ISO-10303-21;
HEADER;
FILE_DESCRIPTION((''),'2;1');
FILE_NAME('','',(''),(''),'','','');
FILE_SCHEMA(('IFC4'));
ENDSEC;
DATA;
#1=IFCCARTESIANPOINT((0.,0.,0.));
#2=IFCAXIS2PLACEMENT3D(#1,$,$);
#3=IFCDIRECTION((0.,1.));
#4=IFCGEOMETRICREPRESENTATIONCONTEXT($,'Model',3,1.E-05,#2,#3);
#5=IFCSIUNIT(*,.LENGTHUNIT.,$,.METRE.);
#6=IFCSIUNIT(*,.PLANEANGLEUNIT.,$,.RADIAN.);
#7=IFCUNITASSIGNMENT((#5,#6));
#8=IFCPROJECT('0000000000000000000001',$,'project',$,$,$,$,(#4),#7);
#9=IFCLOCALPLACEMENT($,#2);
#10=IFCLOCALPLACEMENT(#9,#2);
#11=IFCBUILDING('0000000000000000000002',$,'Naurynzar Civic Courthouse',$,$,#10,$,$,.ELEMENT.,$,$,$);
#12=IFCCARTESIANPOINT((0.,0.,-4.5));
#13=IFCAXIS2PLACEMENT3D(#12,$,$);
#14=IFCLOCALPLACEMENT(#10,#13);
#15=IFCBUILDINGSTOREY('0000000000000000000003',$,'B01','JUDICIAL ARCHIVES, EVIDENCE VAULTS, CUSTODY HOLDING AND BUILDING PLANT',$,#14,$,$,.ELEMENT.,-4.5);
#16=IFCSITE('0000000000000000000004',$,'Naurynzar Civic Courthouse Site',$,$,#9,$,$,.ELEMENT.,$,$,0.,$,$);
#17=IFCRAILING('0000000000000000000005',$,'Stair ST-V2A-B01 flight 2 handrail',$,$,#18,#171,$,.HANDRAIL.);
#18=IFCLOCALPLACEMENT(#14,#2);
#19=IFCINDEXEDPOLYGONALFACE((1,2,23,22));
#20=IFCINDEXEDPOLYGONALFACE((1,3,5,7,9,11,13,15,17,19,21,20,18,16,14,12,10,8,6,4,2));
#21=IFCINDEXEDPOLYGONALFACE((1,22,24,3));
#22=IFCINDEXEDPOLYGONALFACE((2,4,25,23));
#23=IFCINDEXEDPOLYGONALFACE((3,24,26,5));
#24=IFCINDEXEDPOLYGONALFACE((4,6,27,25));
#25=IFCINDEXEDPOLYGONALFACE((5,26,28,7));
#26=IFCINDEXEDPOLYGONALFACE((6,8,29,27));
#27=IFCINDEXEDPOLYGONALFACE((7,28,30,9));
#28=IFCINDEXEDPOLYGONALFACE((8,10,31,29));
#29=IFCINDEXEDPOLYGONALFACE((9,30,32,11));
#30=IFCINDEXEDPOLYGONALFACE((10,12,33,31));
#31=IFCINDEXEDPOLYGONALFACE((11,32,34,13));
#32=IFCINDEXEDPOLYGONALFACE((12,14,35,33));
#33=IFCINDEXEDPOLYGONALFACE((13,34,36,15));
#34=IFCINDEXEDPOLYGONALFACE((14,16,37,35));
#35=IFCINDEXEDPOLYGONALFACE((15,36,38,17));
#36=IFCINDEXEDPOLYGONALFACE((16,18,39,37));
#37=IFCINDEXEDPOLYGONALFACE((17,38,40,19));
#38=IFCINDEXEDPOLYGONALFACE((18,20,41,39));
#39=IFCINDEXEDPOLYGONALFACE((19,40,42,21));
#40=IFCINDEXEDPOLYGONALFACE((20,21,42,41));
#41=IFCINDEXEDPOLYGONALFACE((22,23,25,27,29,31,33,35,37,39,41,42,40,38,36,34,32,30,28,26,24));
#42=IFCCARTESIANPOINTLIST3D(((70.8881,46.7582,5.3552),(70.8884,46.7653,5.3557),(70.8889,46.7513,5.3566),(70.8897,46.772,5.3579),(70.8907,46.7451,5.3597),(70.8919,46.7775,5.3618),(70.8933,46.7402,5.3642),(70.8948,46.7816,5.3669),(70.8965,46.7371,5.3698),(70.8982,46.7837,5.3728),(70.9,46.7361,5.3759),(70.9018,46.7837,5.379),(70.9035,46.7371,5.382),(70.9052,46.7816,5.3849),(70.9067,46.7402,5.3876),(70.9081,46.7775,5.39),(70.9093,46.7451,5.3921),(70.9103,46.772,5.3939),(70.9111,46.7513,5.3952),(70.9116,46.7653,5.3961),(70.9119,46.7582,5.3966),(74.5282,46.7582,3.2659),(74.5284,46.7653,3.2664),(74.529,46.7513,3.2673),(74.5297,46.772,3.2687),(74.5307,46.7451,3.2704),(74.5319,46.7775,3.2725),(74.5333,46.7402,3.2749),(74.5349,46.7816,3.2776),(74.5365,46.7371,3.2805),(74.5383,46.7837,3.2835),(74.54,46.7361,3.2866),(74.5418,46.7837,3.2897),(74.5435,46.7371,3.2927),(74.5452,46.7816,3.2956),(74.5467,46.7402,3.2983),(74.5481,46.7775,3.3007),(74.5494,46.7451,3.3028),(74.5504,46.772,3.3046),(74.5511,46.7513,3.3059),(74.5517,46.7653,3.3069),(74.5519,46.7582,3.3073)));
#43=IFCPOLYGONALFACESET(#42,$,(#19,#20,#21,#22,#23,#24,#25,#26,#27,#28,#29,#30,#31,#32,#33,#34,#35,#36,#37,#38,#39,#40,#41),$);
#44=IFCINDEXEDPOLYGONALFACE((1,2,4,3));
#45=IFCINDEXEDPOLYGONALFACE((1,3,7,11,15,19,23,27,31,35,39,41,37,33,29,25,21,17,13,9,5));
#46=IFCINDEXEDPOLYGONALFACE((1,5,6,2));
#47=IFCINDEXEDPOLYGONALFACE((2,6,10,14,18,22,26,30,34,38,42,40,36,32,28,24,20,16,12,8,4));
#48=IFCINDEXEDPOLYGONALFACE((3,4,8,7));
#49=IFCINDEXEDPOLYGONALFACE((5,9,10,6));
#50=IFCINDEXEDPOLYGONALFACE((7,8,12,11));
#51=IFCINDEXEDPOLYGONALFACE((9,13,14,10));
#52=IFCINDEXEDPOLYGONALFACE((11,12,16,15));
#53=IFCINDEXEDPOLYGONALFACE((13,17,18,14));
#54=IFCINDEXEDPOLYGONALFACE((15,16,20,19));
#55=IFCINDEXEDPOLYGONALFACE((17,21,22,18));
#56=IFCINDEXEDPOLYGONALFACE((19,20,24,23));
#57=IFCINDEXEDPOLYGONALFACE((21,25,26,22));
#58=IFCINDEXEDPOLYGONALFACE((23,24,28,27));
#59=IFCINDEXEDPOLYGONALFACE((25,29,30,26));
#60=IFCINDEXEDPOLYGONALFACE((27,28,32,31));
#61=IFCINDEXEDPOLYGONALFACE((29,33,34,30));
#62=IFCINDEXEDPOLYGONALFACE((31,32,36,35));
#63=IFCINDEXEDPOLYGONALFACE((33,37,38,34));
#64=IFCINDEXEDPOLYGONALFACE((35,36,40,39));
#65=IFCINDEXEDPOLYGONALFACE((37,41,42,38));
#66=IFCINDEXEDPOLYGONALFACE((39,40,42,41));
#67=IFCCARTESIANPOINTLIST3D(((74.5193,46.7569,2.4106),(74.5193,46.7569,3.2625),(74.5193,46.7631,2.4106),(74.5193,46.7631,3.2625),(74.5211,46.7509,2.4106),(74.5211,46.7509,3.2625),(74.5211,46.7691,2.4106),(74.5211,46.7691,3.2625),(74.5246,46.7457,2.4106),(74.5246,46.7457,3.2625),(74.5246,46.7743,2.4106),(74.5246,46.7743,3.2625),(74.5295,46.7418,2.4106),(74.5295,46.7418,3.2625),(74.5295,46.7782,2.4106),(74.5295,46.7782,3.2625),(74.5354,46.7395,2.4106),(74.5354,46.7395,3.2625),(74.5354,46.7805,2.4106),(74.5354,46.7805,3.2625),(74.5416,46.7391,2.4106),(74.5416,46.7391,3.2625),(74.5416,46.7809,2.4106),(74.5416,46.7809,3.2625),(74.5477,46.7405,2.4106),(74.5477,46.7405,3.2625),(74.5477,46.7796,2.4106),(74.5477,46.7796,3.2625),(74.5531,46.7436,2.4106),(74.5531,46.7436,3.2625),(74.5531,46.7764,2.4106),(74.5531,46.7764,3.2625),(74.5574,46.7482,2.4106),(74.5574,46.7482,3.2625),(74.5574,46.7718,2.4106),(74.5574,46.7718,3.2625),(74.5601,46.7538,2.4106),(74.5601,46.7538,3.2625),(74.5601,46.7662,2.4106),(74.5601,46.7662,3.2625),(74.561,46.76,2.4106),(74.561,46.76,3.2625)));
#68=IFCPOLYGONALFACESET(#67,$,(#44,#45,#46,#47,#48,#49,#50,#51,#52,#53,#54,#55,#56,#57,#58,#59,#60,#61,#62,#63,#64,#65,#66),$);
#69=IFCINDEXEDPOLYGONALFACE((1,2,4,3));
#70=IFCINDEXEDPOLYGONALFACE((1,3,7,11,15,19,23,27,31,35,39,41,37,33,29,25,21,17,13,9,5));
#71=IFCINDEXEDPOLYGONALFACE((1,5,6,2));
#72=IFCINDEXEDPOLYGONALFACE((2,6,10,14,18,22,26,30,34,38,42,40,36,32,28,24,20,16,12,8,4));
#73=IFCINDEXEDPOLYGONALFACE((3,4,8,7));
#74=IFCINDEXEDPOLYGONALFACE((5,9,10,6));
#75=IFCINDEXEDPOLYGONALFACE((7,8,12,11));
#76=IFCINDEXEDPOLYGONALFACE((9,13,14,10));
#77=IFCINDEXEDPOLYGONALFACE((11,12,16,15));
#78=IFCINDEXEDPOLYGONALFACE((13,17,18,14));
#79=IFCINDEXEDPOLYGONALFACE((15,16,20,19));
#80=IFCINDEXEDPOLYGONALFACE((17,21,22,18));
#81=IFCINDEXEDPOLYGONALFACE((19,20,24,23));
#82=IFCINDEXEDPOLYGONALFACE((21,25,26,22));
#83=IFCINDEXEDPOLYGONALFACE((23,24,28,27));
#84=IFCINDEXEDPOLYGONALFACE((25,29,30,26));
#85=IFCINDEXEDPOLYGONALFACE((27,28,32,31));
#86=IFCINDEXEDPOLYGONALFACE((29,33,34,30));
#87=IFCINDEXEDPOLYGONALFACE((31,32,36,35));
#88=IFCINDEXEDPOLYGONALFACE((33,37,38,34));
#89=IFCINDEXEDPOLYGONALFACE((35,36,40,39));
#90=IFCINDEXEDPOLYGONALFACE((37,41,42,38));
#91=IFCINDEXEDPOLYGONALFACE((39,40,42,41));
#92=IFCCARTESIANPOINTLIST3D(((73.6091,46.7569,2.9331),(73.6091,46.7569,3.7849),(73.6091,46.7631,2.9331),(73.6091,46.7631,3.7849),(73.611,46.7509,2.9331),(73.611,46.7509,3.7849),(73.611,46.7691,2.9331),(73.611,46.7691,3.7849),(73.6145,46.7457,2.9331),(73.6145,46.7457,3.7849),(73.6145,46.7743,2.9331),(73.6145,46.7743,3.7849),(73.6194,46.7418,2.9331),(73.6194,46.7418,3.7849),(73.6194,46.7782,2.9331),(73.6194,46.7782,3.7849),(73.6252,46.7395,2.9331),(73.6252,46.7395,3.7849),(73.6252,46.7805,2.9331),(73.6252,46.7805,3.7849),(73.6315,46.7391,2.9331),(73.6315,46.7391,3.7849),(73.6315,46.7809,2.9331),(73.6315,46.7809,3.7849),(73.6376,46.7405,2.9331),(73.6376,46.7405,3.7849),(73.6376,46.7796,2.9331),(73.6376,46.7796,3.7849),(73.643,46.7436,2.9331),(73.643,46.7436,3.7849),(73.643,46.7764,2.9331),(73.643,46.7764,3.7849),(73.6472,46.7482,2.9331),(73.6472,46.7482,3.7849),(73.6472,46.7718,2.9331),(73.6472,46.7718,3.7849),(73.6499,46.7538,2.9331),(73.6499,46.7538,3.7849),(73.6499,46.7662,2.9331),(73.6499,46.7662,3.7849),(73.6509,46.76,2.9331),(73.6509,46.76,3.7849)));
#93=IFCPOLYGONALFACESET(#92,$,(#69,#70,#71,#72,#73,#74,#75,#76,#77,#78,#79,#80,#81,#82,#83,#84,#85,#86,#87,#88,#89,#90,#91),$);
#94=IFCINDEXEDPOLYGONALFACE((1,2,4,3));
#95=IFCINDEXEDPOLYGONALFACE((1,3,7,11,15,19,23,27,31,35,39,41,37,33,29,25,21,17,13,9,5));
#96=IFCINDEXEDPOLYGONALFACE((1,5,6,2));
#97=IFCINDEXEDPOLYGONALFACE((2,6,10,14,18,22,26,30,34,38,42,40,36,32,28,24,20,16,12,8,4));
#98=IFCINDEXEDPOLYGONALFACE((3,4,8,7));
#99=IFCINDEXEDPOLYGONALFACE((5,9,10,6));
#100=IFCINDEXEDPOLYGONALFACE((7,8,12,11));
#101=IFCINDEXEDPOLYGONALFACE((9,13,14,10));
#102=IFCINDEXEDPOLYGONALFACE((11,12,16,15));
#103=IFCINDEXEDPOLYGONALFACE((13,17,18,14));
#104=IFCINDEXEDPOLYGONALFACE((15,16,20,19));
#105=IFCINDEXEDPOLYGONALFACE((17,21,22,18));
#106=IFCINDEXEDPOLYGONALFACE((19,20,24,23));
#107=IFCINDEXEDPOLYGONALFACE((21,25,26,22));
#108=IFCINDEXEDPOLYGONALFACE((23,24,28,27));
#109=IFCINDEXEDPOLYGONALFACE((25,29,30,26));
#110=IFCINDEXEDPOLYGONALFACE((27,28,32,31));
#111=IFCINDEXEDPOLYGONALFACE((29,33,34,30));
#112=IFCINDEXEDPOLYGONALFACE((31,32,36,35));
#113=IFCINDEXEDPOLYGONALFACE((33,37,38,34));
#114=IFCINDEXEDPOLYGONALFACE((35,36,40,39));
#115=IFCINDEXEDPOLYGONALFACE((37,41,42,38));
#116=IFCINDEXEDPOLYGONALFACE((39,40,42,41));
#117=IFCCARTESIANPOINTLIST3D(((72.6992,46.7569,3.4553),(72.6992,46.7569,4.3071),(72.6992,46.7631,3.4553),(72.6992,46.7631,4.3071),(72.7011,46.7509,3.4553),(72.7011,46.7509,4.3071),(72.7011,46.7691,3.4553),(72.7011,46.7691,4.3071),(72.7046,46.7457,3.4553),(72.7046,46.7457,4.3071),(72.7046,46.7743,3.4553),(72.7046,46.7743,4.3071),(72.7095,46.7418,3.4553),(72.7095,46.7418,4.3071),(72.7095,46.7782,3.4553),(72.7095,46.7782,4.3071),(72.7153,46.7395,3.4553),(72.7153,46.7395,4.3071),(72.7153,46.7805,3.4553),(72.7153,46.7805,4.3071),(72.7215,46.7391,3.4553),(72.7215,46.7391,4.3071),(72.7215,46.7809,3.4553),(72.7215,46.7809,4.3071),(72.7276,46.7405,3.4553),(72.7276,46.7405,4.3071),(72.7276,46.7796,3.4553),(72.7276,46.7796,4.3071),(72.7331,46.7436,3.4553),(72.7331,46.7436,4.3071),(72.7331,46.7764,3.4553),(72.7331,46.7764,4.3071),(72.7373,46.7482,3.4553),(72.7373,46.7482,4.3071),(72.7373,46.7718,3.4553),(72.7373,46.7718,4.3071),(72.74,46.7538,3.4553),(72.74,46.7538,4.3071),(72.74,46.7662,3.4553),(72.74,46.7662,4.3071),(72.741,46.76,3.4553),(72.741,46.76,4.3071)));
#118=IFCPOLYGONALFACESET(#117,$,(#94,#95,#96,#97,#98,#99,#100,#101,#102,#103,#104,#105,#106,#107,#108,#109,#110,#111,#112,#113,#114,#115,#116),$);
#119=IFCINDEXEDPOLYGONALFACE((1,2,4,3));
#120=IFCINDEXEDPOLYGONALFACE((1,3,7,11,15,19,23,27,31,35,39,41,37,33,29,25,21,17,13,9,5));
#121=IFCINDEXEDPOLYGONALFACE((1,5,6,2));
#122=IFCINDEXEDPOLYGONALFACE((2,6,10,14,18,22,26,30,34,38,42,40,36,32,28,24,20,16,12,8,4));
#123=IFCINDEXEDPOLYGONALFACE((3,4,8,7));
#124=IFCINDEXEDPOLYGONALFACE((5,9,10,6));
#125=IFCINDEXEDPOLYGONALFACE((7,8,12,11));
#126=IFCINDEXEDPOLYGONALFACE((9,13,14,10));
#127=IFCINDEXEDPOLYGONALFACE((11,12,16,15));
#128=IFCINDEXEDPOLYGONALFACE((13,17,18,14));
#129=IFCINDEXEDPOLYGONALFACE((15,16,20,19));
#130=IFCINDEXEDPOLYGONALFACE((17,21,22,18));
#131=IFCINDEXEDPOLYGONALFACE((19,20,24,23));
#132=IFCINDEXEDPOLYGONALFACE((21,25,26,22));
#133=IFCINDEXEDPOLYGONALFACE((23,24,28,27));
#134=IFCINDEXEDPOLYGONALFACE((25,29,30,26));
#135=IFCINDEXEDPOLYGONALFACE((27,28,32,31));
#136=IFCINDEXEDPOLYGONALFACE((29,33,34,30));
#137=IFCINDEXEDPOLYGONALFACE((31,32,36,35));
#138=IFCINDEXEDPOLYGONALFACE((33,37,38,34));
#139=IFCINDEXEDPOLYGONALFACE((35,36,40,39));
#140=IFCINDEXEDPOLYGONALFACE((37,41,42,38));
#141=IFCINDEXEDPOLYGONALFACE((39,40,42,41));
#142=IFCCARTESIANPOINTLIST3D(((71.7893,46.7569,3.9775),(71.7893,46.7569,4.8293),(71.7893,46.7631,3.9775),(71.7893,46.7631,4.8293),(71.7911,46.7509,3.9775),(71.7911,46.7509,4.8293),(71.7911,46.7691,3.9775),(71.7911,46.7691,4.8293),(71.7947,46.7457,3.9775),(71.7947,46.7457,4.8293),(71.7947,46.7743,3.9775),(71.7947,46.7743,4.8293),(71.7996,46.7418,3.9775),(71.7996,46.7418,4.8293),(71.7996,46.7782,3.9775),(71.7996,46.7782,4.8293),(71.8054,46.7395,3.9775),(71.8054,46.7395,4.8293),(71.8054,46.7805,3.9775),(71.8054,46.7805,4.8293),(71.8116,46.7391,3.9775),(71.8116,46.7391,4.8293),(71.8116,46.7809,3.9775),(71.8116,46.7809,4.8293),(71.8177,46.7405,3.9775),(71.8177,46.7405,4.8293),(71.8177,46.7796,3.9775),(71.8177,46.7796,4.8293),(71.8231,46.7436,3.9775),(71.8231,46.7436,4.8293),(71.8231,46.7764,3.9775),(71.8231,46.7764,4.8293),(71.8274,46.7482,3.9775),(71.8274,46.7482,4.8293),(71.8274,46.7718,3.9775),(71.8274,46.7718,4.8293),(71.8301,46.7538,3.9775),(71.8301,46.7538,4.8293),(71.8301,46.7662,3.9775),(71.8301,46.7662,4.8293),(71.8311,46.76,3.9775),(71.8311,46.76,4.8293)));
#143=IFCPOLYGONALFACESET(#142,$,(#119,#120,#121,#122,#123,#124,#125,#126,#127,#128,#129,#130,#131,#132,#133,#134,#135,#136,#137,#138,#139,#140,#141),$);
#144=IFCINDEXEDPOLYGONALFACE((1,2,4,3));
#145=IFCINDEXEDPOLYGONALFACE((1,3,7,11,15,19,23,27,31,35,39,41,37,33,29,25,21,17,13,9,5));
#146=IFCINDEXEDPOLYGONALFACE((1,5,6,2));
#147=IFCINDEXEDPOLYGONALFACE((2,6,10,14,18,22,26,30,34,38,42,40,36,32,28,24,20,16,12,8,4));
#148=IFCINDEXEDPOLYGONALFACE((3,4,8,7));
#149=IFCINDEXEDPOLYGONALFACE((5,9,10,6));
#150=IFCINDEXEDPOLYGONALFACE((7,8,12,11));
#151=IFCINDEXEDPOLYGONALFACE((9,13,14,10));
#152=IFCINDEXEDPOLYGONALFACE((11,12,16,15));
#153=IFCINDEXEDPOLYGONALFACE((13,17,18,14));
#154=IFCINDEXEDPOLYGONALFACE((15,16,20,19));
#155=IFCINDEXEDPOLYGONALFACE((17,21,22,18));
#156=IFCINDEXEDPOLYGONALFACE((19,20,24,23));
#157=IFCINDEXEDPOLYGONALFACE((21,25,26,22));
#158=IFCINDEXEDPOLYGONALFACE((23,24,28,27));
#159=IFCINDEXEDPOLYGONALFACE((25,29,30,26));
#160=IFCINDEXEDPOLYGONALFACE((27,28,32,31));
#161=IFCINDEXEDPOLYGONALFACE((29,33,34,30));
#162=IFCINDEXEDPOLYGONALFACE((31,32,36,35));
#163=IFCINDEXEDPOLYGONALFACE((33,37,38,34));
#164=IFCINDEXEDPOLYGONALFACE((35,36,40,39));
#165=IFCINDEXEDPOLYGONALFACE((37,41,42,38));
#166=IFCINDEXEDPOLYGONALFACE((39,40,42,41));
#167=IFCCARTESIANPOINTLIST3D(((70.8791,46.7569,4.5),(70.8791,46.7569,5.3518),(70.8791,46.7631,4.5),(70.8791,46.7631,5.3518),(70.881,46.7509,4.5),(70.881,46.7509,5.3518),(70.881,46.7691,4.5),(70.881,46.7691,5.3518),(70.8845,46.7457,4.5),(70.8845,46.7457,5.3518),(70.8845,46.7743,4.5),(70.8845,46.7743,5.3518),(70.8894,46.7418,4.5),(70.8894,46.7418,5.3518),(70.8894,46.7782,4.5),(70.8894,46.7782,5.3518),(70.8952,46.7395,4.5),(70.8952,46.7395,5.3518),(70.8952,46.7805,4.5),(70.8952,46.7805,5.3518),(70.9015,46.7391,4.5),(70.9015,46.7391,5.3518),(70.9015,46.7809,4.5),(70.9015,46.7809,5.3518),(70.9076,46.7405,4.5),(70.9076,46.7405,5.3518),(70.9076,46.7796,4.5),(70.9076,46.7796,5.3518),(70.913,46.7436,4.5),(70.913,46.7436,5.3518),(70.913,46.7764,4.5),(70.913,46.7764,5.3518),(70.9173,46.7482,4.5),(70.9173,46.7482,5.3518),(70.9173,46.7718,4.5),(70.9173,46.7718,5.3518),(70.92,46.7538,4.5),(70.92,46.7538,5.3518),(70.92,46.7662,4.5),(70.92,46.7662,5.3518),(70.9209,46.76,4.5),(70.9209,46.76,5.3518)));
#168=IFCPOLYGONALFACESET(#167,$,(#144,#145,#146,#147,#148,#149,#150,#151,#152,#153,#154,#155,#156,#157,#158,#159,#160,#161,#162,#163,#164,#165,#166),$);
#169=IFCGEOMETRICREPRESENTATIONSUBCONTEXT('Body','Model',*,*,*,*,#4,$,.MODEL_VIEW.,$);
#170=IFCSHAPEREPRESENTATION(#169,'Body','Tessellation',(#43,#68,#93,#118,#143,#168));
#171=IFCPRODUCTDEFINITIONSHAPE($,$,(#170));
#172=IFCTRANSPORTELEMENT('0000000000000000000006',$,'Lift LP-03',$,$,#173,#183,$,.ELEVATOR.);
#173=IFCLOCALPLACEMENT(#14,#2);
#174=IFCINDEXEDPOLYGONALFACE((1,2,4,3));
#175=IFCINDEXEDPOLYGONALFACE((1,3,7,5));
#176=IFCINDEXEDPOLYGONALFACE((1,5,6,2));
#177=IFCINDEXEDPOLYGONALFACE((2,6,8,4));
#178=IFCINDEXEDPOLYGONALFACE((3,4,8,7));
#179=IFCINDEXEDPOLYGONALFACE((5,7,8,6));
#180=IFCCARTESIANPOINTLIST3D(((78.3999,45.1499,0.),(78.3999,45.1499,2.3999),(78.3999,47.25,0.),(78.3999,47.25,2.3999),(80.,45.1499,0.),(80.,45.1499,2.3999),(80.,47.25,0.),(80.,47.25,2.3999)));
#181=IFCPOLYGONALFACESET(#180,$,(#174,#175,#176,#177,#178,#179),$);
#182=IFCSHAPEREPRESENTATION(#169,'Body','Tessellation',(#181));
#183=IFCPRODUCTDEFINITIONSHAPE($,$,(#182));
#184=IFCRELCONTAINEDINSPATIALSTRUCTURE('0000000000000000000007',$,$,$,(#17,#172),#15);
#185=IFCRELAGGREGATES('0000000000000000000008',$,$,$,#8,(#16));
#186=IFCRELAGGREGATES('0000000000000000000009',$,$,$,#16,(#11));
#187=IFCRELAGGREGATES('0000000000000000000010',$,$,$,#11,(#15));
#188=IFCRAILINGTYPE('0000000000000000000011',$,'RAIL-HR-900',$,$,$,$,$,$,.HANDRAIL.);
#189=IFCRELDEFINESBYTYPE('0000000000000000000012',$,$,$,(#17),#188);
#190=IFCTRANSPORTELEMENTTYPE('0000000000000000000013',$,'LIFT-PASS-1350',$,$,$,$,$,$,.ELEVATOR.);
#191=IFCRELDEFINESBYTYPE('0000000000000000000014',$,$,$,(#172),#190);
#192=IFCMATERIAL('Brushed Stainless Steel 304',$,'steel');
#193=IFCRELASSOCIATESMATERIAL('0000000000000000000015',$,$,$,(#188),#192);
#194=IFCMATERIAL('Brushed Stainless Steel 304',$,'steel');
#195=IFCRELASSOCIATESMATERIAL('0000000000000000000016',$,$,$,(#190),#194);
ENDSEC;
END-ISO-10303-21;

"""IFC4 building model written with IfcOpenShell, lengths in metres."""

from ifc_helpers import new_model, si_unit, direction, frame, origin, origin_2d, place, context, subcontext, project, spatial, rectangle, circle, extrude, material, type_object, element, save


model = new_model("IFC4")

# Units and contexts
model_context = context("Model", 3, precision=1e-05, world=origin(), true_north=direction((0.0, 1.0)))
body_context = subcontext(model_context, "Body", "Model", "MODEL_VIEW")
ifc_project = project(units=[si_unit("LENGTHUNIT", "METRE"), si_unit("PLANEANGLEUNIT", "RADIAN")], contexts=[model_context])

# Site, building, storey
site_placement = place(None, origin())
site = spatial("IfcSite", under=ifc_project, at=site_placement, Name="Naurynzar Civic Courthouse Site", CompositionType="ELEMENT", RefElevation=0.0)
building_placement = place(site_placement, origin())
building = spatial("IfcBuilding", under=site, at=building_placement, Name="Naurynzar Civic Courthouse", CompositionType="ELEMENT")
storey_placement = place(building_placement, frame((0.0, 0.0, -4.5)))
storey = spatial("IfcBuildingStorey", under=building, at=storey_placement, Name="B01", Description="JUDICIAL ARCHIVES, EVIDENCE VAULTS, CUSTODY HOLDING AND BUILDING PLANT", CompositionType="ELEMENT", Elevation=-4.5)

# Railing
ifc_material_1 = material(Name="Brushed Stainless Steel 304", Category="steel")
railing_type_1 = type_object("IfcRailingType", Name="RAIL-HR-900", PredefinedType="HANDRAIL", material=ifc_material_1)
railing_1_placement = place(storey_placement, frame((74.54, 46.76, 2.4106)))
element("IfcRailing", 1, at=railing_1_placement, inside=storey, type_object=railing_type_1, Name="Stair ST-V2A-B01 flight 2 handrail", PredefinedType="HANDRAIL", context=body_context, shape_type="SweptSolid", body=[
    extrude(circle(Radius=0.0239, at=origin_2d()), frame((0.0, 0.0, 0.876), z_axis=(-0.867289, 0.0, 0.497804), x_axis=(0.0, -1.0, 0.0)), (0.0, 0.0, 1.0), 4.197),
    extrude(circle(Radius=0.021, at=origin_2d()), origin(), (0.0, 0.0, 1.0), 0.8518),
    extrude(circle(Radius=0.021, at=origin_2d()), frame((-0.9102, 0.0, 0.5225)), (0.0, 0.0, 1.0), 0.8518),
    extrude(circle(Radius=0.021, at=origin_2d()), frame((-1.8201, 0.0, 1.0447)), (0.0, 0.0, 1.0), 0.8518),
    extrude(circle(Radius=0.021, at=origin_2d()), frame((-2.73, 0.0, 1.5669)), (0.0, 0.0, 1.0), 0.8518),
    extrude(circle(Radius=0.021, at=origin_2d()), frame((-3.6401, 0.0, 2.0894)), (0.0, 0.0, 1.0), 0.8518),
])

# Transport element
ifc_material_2 = material(Name="Brushed Stainless Steel 304", Category="steel")
transport_element_type = type_object("IfcTransportElementType", Name="LIFT-PASS-1350", PredefinedType="ELEVATOR", material=ifc_material_2)
transport_element_placement = place(storey_placement, frame((79.2, 46.2, 0.0), z_axis=(0.0, 0.0, 1.0), x_axis=(1.0, 0.0, 0.0)))
element("IfcTransportElement", 2, at=transport_element_placement, inside=storey, type_object=transport_element_type, Name="Lift LP-03", PredefinedType="ELEVATOR", context=body_context, shape_type="SweptSolid", body=[
    extrude(rectangle(XDim=1.6001, YDim=2.1001, at=origin_2d()), origin(), (0.0, 0.0, 1.0), 2.3999),
])

save(model, "model.ifc")
